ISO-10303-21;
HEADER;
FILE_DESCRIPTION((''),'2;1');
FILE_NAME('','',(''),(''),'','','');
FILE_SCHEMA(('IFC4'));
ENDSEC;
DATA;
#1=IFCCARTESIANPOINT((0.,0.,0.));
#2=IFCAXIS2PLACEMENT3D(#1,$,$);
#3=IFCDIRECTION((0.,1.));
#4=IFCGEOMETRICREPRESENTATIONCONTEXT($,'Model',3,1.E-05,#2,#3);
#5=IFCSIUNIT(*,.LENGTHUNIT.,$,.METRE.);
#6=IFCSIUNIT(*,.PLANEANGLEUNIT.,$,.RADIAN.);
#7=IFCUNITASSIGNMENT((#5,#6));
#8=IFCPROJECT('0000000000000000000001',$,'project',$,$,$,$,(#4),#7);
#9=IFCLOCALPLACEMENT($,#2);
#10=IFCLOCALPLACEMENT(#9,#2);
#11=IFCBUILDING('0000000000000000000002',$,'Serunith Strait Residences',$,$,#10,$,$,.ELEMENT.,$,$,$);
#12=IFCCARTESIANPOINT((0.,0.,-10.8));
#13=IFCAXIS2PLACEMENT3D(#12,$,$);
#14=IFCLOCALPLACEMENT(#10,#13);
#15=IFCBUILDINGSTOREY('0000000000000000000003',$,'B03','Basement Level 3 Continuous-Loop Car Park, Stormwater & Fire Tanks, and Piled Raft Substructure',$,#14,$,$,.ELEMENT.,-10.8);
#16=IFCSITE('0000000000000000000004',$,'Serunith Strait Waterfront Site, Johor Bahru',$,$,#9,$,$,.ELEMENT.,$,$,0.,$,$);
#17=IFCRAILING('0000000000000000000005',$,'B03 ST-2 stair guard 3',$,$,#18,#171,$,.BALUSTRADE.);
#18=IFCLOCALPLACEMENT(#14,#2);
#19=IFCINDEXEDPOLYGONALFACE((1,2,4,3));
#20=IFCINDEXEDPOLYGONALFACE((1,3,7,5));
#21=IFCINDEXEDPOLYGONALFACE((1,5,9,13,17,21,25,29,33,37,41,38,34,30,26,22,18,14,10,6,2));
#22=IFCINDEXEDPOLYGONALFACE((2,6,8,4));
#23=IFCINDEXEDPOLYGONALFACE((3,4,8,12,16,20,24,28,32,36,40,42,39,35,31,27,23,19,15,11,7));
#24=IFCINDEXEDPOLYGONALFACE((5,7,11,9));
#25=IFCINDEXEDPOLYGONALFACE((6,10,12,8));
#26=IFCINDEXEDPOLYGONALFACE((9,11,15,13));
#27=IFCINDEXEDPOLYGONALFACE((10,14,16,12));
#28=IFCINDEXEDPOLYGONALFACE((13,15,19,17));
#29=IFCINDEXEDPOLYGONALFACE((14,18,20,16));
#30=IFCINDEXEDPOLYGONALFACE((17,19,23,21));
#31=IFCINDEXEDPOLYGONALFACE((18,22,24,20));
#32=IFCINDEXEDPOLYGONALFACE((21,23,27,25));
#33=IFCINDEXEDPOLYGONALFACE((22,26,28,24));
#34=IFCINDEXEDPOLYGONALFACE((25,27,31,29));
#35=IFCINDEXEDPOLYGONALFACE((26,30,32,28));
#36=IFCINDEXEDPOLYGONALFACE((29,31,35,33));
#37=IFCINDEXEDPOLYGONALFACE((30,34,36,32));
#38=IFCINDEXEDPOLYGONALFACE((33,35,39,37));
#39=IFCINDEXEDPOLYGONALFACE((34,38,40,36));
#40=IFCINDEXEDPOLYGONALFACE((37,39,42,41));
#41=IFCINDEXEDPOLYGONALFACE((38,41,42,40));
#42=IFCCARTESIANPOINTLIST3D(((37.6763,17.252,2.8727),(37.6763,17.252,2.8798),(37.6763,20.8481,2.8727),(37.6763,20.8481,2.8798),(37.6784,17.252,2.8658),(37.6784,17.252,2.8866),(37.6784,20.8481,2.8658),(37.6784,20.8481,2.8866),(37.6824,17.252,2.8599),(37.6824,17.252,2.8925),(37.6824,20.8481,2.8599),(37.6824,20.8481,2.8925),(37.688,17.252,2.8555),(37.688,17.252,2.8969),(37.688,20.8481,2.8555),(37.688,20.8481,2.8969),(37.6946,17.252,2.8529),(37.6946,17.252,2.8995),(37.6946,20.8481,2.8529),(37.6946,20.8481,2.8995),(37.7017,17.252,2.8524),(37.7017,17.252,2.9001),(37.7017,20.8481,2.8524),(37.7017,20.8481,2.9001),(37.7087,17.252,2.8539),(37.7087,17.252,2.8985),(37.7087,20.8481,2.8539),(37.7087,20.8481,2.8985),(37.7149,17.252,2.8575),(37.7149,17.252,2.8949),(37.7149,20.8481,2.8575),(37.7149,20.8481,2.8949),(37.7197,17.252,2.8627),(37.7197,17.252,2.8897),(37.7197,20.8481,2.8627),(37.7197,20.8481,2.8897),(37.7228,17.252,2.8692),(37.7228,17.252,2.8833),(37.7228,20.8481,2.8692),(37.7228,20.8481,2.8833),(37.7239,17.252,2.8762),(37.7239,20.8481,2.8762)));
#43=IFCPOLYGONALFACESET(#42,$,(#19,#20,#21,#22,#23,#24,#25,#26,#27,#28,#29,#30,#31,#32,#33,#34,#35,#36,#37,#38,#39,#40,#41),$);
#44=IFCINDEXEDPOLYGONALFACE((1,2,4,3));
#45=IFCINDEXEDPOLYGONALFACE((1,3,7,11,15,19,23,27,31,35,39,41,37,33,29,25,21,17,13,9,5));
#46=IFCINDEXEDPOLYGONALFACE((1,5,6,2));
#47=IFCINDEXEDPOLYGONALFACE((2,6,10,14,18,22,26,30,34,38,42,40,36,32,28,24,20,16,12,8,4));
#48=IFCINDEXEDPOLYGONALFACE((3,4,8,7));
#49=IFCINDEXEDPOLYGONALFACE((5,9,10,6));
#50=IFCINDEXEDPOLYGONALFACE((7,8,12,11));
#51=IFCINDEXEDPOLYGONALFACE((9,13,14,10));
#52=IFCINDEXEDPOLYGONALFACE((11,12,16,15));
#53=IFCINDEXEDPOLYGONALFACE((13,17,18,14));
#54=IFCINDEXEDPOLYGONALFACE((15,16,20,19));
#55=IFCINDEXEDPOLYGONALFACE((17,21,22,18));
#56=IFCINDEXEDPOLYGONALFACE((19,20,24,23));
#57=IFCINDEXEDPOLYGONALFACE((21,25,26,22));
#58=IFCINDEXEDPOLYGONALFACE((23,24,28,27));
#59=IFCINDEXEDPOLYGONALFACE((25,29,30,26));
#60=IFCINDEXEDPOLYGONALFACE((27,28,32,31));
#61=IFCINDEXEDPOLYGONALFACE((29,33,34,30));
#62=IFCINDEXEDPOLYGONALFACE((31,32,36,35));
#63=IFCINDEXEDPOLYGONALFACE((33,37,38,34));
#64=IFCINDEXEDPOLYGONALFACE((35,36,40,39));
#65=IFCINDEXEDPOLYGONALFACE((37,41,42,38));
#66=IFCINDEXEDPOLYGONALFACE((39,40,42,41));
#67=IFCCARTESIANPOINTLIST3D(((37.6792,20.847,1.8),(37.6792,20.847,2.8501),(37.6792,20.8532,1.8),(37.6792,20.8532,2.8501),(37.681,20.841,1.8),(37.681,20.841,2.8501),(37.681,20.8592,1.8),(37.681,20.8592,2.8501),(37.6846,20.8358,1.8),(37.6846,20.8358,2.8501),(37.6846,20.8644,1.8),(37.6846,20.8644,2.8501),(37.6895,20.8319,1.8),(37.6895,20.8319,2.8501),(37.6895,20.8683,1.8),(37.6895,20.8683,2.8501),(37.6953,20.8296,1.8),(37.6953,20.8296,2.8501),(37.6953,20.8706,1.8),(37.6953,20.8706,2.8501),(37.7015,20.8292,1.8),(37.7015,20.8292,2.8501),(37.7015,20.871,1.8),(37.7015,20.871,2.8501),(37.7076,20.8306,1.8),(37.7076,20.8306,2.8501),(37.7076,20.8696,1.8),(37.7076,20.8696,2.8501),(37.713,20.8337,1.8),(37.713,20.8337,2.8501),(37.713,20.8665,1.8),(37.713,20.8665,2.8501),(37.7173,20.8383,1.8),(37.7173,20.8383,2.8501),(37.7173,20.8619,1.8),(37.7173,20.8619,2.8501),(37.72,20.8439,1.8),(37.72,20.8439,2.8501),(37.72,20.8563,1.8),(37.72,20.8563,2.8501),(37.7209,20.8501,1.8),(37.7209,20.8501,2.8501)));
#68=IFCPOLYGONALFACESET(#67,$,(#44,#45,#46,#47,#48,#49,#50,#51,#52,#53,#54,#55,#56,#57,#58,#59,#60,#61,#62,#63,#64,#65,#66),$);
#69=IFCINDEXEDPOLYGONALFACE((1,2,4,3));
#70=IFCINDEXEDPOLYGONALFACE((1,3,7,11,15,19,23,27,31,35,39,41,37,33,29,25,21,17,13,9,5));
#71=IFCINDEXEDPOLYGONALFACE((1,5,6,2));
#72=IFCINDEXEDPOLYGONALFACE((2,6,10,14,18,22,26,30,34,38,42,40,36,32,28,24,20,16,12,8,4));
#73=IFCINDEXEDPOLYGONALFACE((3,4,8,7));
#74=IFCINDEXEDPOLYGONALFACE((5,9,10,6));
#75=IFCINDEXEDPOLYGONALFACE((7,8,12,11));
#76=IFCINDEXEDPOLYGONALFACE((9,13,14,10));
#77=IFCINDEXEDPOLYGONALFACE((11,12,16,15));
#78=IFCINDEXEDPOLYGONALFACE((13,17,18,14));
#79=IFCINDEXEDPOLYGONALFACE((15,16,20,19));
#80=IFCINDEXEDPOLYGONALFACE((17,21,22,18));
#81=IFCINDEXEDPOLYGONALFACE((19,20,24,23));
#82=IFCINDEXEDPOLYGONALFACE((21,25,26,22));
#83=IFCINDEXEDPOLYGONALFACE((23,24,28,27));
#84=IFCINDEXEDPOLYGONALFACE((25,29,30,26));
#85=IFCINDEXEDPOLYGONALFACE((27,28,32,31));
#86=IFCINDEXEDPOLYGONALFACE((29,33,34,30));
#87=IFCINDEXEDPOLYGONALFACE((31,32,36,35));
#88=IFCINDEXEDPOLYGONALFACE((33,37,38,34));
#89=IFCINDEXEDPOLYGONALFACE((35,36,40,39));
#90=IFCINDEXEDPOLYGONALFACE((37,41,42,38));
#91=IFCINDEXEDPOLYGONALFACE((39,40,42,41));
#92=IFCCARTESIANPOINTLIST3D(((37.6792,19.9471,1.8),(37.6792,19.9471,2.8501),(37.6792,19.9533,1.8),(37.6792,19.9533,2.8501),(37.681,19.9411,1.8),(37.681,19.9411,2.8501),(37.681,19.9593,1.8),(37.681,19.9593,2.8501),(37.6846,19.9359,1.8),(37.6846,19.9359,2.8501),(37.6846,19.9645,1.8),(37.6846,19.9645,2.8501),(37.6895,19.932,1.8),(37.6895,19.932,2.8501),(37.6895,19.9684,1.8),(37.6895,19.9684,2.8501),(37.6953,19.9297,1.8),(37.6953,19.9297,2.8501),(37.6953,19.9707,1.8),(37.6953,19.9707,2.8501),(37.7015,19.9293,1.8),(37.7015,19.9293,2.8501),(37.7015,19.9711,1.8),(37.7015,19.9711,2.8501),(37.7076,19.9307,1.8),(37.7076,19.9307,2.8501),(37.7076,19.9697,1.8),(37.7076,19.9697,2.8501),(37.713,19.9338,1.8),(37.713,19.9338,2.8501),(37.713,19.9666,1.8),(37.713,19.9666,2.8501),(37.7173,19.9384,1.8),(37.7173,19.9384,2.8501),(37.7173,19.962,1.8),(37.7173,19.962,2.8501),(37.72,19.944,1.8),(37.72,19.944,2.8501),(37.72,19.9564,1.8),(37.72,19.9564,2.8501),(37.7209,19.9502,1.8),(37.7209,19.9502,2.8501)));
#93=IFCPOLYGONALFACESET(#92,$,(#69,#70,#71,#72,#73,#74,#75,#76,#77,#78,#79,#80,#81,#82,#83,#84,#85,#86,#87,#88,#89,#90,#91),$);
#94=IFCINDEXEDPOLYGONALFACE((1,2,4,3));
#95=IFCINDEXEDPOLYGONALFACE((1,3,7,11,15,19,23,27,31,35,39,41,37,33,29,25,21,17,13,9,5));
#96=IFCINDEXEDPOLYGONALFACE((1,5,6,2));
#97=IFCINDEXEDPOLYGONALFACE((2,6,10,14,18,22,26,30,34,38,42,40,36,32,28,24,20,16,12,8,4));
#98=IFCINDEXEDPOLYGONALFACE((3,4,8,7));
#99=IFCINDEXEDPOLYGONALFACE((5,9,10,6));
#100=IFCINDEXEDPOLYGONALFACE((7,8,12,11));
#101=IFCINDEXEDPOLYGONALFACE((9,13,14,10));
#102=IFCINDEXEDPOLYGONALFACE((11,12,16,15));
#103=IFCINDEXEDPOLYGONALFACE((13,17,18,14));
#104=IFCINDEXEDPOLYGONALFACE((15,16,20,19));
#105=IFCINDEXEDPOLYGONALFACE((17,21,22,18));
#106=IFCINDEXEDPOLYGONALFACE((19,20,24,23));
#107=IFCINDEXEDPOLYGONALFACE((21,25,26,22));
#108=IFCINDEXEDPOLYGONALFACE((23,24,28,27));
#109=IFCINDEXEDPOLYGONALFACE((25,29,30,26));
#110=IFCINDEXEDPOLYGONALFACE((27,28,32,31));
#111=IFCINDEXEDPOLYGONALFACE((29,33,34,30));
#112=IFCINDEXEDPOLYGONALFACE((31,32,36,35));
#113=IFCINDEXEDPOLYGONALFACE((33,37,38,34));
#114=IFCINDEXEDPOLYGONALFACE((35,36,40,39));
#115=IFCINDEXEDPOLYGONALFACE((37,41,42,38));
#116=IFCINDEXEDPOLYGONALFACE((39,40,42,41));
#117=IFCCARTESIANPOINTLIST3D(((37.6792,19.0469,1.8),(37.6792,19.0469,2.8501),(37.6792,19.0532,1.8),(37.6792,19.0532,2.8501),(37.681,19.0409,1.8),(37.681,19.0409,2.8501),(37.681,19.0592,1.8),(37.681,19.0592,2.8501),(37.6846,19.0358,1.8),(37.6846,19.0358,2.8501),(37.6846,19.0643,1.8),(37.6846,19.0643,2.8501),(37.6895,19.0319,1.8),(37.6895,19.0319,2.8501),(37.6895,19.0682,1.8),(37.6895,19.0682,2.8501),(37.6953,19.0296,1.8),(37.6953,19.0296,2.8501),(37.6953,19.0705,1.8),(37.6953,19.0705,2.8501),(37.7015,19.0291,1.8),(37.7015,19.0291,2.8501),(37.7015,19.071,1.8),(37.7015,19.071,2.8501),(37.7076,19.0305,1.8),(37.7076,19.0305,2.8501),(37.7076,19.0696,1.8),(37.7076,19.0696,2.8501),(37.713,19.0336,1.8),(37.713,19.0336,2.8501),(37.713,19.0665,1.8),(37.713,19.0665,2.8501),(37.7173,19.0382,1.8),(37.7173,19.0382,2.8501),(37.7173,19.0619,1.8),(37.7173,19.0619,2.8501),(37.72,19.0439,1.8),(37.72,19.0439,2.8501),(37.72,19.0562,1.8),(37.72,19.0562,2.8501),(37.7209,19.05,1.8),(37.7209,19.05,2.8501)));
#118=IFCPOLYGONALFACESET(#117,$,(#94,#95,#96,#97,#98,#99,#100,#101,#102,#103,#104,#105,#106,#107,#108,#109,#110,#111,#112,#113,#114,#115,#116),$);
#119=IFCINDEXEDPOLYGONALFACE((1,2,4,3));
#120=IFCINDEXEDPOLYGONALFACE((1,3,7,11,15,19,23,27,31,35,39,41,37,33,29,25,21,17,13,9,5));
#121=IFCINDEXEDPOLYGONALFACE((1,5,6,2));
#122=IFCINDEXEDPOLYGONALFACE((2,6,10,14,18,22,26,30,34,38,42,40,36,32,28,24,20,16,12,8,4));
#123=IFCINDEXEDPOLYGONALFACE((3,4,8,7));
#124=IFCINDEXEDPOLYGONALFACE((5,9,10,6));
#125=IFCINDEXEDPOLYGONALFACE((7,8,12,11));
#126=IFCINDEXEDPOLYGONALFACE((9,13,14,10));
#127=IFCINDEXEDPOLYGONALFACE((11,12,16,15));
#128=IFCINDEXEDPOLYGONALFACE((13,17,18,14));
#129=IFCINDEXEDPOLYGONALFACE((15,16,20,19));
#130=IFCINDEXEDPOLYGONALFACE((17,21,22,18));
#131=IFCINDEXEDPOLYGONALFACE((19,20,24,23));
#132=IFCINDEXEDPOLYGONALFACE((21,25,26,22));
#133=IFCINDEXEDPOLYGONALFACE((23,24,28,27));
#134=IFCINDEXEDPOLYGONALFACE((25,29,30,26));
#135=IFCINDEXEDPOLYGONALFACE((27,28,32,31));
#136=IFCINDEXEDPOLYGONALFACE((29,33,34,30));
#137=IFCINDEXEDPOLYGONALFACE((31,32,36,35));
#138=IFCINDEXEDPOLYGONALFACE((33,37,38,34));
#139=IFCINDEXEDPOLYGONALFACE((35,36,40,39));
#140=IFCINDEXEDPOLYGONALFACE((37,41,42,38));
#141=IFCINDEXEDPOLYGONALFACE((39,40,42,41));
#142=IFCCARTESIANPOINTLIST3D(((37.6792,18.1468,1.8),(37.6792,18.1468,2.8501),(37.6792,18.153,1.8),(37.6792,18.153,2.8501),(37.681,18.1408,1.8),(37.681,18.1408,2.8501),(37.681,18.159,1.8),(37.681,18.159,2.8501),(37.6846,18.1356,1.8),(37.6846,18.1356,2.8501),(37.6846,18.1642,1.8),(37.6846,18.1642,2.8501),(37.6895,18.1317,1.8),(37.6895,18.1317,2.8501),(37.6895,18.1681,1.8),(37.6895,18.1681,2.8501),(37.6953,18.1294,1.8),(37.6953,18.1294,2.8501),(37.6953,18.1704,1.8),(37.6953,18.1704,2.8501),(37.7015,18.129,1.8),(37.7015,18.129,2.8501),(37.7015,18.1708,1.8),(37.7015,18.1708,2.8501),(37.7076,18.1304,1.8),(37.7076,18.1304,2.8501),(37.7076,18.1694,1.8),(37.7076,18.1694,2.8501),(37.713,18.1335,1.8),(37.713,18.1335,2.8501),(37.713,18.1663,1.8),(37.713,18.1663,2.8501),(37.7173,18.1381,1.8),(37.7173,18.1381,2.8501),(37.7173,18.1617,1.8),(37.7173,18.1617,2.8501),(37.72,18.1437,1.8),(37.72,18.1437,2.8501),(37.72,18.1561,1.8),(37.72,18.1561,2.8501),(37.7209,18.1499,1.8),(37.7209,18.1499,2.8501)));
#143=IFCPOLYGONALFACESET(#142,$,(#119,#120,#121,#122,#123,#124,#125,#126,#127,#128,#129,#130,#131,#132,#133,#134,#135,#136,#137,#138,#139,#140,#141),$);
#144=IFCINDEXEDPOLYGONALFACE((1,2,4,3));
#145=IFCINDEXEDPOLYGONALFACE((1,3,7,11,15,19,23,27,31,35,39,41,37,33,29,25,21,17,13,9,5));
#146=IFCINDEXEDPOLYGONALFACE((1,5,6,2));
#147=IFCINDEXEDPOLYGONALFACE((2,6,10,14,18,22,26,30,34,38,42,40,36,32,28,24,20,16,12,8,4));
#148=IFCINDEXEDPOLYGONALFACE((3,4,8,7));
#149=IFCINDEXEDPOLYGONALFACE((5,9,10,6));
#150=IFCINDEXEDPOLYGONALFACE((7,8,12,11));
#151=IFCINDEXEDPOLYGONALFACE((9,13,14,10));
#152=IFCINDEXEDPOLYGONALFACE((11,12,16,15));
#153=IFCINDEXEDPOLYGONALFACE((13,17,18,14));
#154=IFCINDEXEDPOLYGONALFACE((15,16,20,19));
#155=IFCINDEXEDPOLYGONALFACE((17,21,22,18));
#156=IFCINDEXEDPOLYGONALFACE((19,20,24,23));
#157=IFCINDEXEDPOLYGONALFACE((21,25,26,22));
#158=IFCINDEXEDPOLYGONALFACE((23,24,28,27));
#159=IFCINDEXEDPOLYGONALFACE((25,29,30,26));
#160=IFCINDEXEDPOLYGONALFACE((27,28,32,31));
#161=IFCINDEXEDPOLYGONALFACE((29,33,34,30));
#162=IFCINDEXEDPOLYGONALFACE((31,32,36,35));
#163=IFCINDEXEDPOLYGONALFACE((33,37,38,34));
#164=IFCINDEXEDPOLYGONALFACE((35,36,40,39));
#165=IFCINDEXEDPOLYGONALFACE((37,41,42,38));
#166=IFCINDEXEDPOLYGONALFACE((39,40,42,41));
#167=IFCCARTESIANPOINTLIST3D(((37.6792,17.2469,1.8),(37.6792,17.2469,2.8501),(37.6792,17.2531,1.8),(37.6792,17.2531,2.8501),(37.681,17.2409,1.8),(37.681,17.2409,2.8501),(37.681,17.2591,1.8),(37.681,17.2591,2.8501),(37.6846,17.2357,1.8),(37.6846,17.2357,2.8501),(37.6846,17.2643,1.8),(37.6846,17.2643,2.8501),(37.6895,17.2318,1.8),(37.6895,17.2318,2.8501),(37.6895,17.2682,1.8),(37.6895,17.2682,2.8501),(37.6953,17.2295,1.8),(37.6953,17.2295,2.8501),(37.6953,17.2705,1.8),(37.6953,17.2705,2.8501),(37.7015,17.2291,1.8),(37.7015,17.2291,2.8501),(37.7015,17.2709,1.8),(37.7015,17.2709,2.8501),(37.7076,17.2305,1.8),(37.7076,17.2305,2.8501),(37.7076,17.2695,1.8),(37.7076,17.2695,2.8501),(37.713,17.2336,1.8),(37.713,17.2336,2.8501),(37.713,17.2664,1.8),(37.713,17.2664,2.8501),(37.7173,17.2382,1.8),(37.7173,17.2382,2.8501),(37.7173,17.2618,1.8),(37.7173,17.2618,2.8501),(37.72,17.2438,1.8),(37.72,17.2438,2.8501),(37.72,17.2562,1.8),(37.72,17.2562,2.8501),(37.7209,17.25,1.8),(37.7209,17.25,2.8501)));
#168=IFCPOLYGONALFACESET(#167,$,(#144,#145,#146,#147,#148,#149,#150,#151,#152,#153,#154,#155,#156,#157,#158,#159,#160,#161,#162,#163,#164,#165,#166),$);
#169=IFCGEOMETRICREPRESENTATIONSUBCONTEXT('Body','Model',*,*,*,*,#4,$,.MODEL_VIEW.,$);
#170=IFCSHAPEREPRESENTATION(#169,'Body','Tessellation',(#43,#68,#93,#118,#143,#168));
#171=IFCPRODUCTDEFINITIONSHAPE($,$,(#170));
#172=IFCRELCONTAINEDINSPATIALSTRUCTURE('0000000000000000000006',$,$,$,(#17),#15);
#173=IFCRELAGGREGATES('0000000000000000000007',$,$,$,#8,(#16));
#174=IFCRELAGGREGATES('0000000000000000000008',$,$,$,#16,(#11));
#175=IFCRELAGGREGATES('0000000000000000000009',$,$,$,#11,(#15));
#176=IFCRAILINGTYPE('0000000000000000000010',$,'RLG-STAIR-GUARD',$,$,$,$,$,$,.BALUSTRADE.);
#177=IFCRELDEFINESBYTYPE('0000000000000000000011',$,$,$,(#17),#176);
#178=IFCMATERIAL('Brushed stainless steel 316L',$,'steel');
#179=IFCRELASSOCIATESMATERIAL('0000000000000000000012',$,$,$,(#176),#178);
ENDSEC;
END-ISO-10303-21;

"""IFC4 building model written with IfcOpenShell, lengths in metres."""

from ifc_helpers import new_model, si_unit, direction, frame, origin, origin_2d, place, context, subcontext, project, spatial, circle, extrude, material, type_object, element, save


model = new_model("IFC4")

# Units and contexts
model_context = context("Model", 3, precision=1e-05, world=origin(), true_north=direction((0.0, 1.0)))
body_context = subcontext(model_context, "Body", "Model", "MODEL_VIEW")
ifc_project = project(units=[si_unit("LENGTHUNIT", "METRE"), si_unit("PLANEANGLEUNIT", "RADIAN")], contexts=[model_context])

# Site, building, storey
site_placement = place(None, origin())
site = spatial("IfcSite", under=ifc_project, at=site_placement, Name="Serunith Strait Waterfront Site, Johor Bahru", CompositionType="ELEMENT", RefElevation=0.0)
building_placement = place(site_placement, origin())
building = spatial("IfcBuilding", under=site, at=building_placement, Name="Serunith Strait Residences", CompositionType="ELEMENT")
storey_placement = place(building_placement, frame((0.0, 0.0, -10.8)))
storey = spatial("IfcBuildingStorey", under=building, at=storey_placement, Name="B03", Description="Basement Level 3 Continuous-Loop Car Park, Stormwater & Fire Tanks, and Piled Raft Substructure", CompositionType="ELEMENT", Elevation=-10.8)

# Railing
ifc_material_1 = material(Name="Brushed stainless steel 316L", Category="steel")
railing_type_1 = type_object("IfcRailingType", Name="RLG-STAIR-GUARD", PredefinedType="BALUSTRADE", material=ifc_material_1)
for number, where, name in (
    (1, (37.7, 20.8501, 1.8), "B03 ST-2 stair guard 3"),
):
    element("IfcRailing", number, at=place(storey_placement, frame(where)), inside=storey, type_object=railing_type_1, Name=name, PredefinedType="BALUSTRADE", context=body_context, shape_type="SweptSolid", body=[
        extrude(circle(Radius=0.0239, at=origin_2d()), frame((0.0, -0.002, 1.0762), z_axis=(0.0, -1.0, 0.0), x_axis=(1.0, 0.0, 0.0)), (0.0, 0.0, 1.0), 3.5962),
        extrude(circle(Radius=0.021, at=origin_2d()), origin(), (0.0, 0.0, 1.0), 1.05),
        extrude(circle(Radius=0.021, at=origin_2d()), frame((0.0, -0.8999, 0.0)), (0.0, 0.0, 1.0), 1.05),
        extrude(circle(Radius=0.021, at=origin_2d()), frame((0.0, -1.8, 0.0)), (0.0, 0.0, 1.0), 1.05),
        extrude(circle(Radius=0.021, at=origin_2d()), frame((0.0, -2.7002, 0.0)), (0.0, 0.0, 1.0), 1.05),
        extrude(circle(Radius=0.021, at=origin_2d()), frame((0.0, -3.6001, 0.0)), (0.0, 0.0, 1.0), 1.05),
    ])

save(model, "model.ifc")
